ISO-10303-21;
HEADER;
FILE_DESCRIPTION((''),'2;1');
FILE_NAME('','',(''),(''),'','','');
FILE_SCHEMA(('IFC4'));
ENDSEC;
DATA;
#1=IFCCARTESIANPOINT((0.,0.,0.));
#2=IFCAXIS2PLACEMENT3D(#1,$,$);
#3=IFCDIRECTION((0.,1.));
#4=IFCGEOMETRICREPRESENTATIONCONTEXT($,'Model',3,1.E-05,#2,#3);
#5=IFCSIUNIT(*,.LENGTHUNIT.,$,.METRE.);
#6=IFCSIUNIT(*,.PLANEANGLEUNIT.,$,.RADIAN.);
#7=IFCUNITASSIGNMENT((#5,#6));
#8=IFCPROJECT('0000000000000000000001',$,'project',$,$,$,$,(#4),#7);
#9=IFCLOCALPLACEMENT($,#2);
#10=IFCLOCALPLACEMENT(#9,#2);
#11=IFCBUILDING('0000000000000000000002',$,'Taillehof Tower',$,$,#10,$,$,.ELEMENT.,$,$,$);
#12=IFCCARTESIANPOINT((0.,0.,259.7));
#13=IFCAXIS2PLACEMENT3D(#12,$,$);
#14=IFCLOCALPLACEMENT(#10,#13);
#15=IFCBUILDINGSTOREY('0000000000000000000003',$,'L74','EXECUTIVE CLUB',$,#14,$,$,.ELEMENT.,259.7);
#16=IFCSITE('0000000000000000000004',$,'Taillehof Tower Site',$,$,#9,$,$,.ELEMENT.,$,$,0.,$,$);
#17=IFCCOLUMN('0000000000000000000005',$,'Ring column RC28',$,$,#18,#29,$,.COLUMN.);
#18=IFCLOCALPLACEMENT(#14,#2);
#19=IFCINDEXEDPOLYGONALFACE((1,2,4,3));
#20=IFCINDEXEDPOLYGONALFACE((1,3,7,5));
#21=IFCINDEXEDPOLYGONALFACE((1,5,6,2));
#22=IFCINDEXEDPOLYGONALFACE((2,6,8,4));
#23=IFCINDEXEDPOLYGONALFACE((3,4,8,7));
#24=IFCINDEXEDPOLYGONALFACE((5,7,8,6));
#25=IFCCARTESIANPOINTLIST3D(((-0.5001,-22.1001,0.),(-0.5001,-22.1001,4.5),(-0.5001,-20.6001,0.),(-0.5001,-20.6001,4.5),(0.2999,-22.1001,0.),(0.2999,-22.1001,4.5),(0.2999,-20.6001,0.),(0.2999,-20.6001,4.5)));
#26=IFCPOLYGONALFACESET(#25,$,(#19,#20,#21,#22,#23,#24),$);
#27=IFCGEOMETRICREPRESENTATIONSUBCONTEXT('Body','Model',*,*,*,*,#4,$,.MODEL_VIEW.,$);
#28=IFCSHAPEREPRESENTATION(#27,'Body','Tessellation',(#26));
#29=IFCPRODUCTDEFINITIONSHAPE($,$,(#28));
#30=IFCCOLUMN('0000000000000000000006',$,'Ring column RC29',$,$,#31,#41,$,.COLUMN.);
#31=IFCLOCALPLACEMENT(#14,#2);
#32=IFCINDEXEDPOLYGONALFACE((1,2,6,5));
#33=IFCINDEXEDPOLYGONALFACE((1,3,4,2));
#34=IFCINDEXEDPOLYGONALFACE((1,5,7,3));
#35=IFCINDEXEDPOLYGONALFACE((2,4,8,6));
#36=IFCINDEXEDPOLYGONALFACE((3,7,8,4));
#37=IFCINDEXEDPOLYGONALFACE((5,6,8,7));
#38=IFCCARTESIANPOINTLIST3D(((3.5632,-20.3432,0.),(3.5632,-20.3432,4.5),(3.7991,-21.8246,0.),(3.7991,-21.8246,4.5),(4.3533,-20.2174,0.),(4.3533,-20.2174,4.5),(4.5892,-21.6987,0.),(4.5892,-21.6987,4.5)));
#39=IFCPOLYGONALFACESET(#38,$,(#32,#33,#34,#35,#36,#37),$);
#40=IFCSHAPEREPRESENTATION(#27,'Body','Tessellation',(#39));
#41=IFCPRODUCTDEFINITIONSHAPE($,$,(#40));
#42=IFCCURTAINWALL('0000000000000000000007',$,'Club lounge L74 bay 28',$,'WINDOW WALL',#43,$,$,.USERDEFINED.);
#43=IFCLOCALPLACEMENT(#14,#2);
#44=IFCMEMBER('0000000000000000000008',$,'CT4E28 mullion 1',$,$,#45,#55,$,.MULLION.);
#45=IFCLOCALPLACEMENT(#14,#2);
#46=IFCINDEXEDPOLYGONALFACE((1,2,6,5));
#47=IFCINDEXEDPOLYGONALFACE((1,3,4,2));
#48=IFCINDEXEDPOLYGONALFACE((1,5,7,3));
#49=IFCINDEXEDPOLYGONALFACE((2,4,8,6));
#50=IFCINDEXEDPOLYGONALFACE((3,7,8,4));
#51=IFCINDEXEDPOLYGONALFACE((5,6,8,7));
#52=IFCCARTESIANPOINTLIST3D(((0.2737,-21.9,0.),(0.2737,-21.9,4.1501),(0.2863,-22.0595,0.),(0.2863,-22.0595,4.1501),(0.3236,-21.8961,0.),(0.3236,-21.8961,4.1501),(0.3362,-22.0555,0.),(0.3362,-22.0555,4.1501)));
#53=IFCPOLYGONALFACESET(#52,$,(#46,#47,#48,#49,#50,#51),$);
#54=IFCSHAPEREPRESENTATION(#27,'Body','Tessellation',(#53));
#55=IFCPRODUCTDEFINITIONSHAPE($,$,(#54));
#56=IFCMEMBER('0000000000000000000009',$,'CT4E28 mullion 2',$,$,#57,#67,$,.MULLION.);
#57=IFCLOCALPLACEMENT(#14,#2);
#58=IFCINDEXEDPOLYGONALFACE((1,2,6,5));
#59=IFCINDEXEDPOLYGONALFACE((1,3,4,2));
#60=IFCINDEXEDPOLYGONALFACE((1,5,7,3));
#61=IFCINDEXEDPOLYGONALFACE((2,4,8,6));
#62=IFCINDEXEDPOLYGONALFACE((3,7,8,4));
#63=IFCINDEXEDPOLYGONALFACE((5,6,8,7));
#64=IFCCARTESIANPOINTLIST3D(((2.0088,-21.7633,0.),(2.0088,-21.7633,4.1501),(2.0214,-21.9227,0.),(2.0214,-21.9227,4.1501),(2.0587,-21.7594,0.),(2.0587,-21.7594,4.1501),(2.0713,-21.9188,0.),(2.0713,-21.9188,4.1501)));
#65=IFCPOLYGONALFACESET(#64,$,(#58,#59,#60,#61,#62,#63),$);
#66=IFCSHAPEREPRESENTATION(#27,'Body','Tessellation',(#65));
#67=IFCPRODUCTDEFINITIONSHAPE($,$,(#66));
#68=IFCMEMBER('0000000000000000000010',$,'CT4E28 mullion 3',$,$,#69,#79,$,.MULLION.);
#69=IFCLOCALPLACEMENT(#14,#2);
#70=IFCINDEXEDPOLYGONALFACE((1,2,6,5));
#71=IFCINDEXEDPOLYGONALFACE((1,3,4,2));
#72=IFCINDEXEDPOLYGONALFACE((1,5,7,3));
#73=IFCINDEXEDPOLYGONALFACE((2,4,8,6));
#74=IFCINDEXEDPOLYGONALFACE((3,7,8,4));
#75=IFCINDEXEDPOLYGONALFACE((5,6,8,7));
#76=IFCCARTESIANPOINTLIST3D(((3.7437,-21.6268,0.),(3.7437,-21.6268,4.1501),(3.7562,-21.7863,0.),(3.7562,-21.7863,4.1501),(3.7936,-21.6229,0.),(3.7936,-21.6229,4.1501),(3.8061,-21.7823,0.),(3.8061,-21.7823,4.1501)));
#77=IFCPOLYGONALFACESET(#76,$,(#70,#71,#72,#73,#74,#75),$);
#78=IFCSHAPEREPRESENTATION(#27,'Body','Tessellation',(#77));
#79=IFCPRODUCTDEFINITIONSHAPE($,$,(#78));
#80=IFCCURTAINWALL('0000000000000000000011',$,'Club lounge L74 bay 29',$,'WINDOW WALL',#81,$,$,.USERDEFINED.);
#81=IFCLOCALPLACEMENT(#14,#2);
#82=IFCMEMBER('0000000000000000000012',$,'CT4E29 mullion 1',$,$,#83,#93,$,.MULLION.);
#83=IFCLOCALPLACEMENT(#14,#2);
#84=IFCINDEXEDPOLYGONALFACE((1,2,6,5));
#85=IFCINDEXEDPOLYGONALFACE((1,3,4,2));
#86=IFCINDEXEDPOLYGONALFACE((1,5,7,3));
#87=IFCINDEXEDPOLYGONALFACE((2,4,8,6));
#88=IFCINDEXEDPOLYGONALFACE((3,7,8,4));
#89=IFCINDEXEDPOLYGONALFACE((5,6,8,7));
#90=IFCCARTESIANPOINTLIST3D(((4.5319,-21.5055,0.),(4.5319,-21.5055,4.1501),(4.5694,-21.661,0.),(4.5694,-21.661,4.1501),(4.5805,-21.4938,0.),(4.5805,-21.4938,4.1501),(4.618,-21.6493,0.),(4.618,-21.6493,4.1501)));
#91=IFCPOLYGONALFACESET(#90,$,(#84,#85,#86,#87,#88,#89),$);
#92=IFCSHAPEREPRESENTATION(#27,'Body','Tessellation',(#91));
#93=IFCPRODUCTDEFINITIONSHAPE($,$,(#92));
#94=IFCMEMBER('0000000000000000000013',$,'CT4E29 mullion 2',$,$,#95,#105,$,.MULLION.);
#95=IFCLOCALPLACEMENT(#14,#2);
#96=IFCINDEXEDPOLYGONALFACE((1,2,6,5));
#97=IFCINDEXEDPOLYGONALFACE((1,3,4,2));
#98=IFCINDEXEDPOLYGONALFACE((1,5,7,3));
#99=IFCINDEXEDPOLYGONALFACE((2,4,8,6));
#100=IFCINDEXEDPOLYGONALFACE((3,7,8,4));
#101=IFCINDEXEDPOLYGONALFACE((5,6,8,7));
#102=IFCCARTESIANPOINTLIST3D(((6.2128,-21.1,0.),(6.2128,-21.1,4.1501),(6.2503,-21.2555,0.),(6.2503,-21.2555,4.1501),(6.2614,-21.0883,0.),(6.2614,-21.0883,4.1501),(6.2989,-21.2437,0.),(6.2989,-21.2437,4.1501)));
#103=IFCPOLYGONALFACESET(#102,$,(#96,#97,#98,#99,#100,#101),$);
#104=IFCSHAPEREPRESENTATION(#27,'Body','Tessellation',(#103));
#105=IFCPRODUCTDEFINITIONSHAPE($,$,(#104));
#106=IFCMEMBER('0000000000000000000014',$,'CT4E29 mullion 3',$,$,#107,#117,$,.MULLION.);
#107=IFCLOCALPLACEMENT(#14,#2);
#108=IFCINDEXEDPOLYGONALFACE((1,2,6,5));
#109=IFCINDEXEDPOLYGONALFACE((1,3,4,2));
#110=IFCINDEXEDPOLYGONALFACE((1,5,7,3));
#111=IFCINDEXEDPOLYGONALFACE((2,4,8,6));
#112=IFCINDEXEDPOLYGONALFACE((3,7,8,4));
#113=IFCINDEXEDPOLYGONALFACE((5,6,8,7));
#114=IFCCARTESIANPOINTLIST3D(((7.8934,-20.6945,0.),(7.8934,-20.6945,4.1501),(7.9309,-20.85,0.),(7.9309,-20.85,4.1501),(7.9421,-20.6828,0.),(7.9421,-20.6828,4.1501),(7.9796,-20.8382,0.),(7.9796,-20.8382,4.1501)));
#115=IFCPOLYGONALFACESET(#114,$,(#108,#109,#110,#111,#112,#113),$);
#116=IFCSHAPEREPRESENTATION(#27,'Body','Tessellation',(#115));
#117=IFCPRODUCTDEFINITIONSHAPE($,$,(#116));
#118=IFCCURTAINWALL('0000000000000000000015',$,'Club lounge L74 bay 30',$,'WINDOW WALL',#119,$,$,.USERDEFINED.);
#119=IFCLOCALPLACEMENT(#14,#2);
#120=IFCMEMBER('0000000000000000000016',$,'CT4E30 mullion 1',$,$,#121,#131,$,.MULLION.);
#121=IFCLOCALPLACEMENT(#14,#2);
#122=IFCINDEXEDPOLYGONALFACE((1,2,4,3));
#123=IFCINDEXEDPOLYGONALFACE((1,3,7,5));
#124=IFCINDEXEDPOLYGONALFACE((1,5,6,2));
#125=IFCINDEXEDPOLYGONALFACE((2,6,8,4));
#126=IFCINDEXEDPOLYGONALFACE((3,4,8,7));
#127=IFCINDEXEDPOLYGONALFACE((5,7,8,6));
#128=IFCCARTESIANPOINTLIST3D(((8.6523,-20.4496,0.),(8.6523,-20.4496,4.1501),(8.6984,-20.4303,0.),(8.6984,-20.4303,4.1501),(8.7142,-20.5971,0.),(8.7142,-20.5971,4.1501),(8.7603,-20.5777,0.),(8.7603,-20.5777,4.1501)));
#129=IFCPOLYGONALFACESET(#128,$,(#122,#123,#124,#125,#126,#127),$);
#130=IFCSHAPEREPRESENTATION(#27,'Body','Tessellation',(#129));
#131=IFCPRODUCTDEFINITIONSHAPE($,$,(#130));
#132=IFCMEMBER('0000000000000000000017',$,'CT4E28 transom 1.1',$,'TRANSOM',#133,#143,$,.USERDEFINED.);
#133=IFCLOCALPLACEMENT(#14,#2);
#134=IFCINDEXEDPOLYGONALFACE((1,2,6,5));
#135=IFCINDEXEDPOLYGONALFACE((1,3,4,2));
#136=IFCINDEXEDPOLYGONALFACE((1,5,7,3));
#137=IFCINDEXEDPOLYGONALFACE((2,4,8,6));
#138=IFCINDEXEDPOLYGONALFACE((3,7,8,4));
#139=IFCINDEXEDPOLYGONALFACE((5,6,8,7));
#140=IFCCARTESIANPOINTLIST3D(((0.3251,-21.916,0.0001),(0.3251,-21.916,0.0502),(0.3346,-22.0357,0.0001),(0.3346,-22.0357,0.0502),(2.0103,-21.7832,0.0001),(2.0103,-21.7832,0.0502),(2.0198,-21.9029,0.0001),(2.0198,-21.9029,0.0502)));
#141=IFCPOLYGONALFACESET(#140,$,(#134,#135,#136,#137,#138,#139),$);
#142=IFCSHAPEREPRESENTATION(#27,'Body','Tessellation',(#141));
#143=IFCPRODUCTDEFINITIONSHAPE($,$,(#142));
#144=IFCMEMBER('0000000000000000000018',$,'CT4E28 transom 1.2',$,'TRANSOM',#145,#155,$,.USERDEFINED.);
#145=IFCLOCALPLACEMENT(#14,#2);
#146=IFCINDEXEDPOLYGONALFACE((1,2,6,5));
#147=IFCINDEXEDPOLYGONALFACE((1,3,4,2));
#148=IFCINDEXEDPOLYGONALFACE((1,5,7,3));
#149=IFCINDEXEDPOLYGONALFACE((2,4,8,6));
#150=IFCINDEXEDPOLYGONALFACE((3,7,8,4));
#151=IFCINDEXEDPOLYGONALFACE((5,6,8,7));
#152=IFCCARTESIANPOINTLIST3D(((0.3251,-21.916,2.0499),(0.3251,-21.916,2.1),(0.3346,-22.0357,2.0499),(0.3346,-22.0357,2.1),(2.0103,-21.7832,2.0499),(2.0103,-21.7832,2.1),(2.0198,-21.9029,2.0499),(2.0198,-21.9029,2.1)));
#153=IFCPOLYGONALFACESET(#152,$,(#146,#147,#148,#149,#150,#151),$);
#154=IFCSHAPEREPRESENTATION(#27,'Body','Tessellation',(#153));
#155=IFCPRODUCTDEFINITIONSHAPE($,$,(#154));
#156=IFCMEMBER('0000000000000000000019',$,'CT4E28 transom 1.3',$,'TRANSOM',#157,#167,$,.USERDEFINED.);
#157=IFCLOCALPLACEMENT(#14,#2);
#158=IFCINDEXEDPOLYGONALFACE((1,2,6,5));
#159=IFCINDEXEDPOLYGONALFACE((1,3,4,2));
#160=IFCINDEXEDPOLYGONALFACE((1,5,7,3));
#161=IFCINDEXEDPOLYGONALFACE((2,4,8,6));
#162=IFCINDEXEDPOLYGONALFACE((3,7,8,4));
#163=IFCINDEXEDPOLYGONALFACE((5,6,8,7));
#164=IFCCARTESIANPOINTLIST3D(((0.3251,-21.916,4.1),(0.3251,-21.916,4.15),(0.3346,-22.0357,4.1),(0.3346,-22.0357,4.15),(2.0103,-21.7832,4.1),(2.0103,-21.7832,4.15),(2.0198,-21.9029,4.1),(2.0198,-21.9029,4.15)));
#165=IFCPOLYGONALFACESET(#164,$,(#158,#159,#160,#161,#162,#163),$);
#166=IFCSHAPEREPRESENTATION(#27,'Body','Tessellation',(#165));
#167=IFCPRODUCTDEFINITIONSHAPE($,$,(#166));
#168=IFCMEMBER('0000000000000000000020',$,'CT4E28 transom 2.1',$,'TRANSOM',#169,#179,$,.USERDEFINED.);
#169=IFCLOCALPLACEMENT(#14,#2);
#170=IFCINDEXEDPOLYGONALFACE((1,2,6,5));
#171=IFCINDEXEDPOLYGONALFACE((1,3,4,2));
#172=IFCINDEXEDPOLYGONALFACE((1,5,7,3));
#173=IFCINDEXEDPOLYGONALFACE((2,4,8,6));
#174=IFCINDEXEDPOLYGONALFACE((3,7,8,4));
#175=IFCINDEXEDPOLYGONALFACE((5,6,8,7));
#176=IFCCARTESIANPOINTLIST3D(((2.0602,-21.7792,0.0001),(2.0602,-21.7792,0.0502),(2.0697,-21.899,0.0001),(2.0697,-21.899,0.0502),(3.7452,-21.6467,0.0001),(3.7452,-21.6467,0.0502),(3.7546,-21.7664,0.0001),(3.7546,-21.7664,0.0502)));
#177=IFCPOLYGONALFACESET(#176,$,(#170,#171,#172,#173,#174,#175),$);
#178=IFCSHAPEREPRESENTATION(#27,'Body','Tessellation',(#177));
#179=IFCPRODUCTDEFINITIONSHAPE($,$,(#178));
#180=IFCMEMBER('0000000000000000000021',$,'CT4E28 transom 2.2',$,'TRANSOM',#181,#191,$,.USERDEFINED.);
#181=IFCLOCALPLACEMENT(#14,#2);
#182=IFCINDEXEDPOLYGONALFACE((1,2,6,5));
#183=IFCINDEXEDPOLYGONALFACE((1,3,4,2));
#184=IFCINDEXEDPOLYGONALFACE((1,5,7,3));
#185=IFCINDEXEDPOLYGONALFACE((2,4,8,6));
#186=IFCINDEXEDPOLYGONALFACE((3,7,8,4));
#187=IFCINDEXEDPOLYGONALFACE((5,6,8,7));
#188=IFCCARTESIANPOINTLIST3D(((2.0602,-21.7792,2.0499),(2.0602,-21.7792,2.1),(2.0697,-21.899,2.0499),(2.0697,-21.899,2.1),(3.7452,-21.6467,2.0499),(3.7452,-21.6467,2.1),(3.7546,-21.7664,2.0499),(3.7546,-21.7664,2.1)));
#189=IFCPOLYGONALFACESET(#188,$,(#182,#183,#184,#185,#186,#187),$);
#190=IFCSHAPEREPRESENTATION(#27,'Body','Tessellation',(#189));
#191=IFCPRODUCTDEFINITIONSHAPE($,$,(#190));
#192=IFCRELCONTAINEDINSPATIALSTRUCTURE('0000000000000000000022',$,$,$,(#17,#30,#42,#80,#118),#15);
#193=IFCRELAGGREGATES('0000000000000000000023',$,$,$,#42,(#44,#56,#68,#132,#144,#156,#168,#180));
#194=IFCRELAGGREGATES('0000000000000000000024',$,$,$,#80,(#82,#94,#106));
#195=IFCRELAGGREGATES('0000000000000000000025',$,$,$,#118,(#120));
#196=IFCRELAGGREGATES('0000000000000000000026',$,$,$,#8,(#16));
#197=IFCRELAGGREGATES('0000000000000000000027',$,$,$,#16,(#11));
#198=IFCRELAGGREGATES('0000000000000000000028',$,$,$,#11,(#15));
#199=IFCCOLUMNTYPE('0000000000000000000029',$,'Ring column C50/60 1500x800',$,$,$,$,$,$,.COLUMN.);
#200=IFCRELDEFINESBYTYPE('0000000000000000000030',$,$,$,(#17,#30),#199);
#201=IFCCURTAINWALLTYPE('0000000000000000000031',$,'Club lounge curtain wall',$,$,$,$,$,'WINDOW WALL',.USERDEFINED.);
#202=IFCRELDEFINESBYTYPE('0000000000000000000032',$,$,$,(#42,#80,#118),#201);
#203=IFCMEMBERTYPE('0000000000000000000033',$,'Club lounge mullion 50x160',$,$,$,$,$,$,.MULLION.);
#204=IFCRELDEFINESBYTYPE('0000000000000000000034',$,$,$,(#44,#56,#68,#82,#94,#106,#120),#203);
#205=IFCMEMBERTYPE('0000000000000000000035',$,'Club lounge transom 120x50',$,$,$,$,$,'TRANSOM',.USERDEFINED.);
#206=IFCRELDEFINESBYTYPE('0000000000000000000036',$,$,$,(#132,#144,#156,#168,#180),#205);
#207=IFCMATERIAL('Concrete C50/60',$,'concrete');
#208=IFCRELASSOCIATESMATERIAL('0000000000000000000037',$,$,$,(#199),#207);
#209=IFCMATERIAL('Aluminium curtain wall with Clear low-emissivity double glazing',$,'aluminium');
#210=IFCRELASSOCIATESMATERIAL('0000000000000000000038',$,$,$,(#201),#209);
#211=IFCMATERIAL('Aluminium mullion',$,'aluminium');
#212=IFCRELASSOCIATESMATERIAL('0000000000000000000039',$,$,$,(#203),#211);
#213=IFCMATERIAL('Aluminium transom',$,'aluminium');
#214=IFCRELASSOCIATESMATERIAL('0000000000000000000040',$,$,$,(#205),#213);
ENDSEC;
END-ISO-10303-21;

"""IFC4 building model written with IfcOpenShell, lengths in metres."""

from ifc_helpers import new_model, si_unit, direction, frame, origin, origin_2d, place, context, subcontext, project, spatial, rectangle, extrude, material, material_profile, profile_set, type_object, element, aggregate, save


model = new_model("IFC4")

# Units and contexts
model_context = context("Model", 3, precision=1e-05, world=origin(), true_north=direction((0.0, 1.0)))
body_context = subcontext(model_context, "Body", "Model", "MODEL_VIEW")
ifc_project = project(units=[si_unit("LENGTHUNIT", "METRE"), si_unit("PLANEANGLEUNIT", "RADIAN")], contexts=[model_context])

# Site, building, storey
site_placement = place(None, origin())
site = spatial("IfcSite", under=ifc_project, at=site_placement, Name="Taillehof Tower Site", CompositionType="ELEMENT", RefElevation=0.0)
building_placement = place(site_placement, origin())
building = spatial("IfcBuilding", under=site, at=building_placement, Name="Taillehof Tower", CompositionType="ELEMENT")
storey_placement = place(building_placement, frame((0.0, 0.0, 259.7)))
storey = spatial("IfcBuildingStorey", under=building, at=storey_placement, Name="L74", Description="EXECUTIVE CLUB", CompositionType="ELEMENT", Elevation=259.7)

# Columns
ifc_material_1 = material(Name="Concrete C50/60", Category="concrete")
ifc_material_profile_1 = material_profile(ifc_material_1, rectangle(XDim=1.5, YDim=0.8, at=origin_2d()), Name="RC 1500x800")
ifc_profile_set_1 = profile_set([ifc_material_profile_1], Name="Concrete C50/60")
column_type = type_object("IfcColumnType", Name="Ring column C50/60 1500x800", PredefinedType="COLUMN", material=ifc_profile_set_1)
for number, where, z_axis, x_axis, name in (
    (1, (-0.1001, -21.3501, 0.0), (0.0, 0.0, 1.0), (0.0, -1.0, 0.0), "Ring column RC28"),
    (2, (4.0762, -21.021, 0.0), (0.0, 0.0, 1.0), (0.157281, -0.987554, 0.0), "Ring column RC29"),
):
    element("IfcColumn", number, at=place(storey_placement, frame(where, z_axis=z_axis, x_axis=x_axis)), inside=storey, type_object=column_type, Name=name, PredefinedType="COLUMN", context=body_context, shape_type="SweptSolid", body=[
        extrude(rectangle(XDim=1.5, YDim=0.8, at=origin_2d()), origin(), (0.0, 0.0, 1.0), 4.5),
    ])

# Curtain walls, members
ifc_material_2 = material(Name="Aluminium curtain wall with Clear low-emissivity double glazing", Category="aluminium")
curtain_wall_type = type_object("IfcCurtainWallType", Name="Club lounge curtain wall", ElementType="WINDOW WALL", PredefinedType="USERDEFINED", material=ifc_material_2)
curtain_wall_1_placement = place(storey_placement, origin())
curtain_wall_1 = element("IfcCurtainWall", 3, at=curtain_wall_1_placement, inside=storey, type_object=curtain_wall_type, Name="Club lounge L74 bay 28", ObjectType="WINDOW WALL", PredefinedType="USERDEFINED")
ifc_material_3 = material(Name="Aluminium mullion", Category="aluminium")
ifc_material_profile_2 = material_profile(ifc_material_3, rectangle(XDim=0.1599, YDim=0.05, at=origin_2d()), Name="AL 50x160")
ifc_profile_set_2 = profile_set([ifc_material_profile_2], Name="Aluminium mullion")
member_type_1 = type_object("IfcMemberType", Name="Club lounge mullion 50x160", PredefinedType="MULLION", material=ifc_profile_set_2)
member_1_placement = place(storey_placement, frame((0.3049, -21.9778, 0.0), z_axis=(0.0, 0.0, 1.0), x_axis=(-0.078525, 0.996912, 0.0)))
member_1 = element("IfcMember", 4, at=member_1_placement, type_object=member_type_1, Name="CT4E28 mullion 1", PredefinedType="MULLION", context=body_context, shape_type="SweptSolid", body=[
    extrude(rectangle(XDim=0.1599, YDim=0.05, at=origin_2d()), origin(), (0.0, 0.0, 1.0), 4.1501),
])
member_2_placement = place(storey_placement, frame((2.04, -21.8411, 0.0), z_axis=(0.0, 0.0, 1.0), x_axis=(-0.078525, 0.996912, 0.0)))
member_2 = element("IfcMember", 5, at=member_2_placement, type_object=member_type_1, Name="CT4E28 mullion 2", PredefinedType="MULLION", context=body_context, shape_type="SweptSolid", body=[
    extrude(rectangle(XDim=0.1599, YDim=0.05, at=origin_2d()), origin(), (0.0, 0.0, 1.0), 4.1501),
])
member_3_placement = place(storey_placement, frame((3.7749, -21.7046, 0.0), z_axis=(0.0, 0.0, 1.0), x_axis=(-0.078525, 0.996912, 0.0)))
member_3 = element("IfcMember", 6, at=member_3_placement, type_object=member_type_1, Name="CT4E28 mullion 3", PredefinedType="MULLION", context=body_context, shape_type="SweptSolid", body=[
    extrude(rectangle(XDim=0.1599, YDim=0.05, at=origin_2d()), origin(), (0.0, 0.0, 1.0), 4.1501),
])
curtain_wall_2_placement = place(storey_placement, origin())
curtain_wall_2 = element("IfcCurtainWall", 7, at=curtain_wall_2_placement, inside=storey, type_object=curtain_wall_type, Name="Club lounge L74 bay 29", ObjectType="WINDOW WALL", PredefinedType="USERDEFINED")
member_4_placement = place(storey_placement, frame((4.575, -21.5774, 0.0), z_axis=(0.0, 0.0, 1.0), x_axis=(-0.234515, 0.972113, 0.0)))
member_4 = element("IfcMember", 8, at=member_4_placement, type_object=member_type_1, Name="CT4E29 mullion 1", PredefinedType="MULLION", context=body_context, shape_type="SweptSolid", body=[
    extrude(rectangle(XDim=0.1599, YDim=0.05, at=origin_2d()), origin(), (0.0, 0.0, 1.0), 4.1501),
])
member_5_placement = place(storey_placement, frame((6.2559, -21.1719, 0.0), z_axis=(0.0, 0.0, 1.0), x_axis=(-0.234515, 0.972113, 0.0)))
member_5 = element("IfcMember", 9, at=member_5_placement, type_object=member_type_1, Name="CT4E29 mullion 2", PredefinedType="MULLION", context=body_context, shape_type="SweptSolid", body=[
    extrude(rectangle(XDim=0.1599, YDim=0.05, at=origin_2d()), origin(), (0.0, 0.0, 1.0), 4.1501),
])
member_6_placement = place(storey_placement, frame((7.9365, -20.7664, 0.0), z_axis=(0.0, 0.0, 1.0), x_axis=(-0.234515, 0.972113, 0.0)))
member_6 = element("IfcMember", 10, at=member_6_placement, type_object=member_type_1, Name="CT4E29 mullion 3", PredefinedType="MULLION", context=body_context, shape_type="SweptSolid", body=[
    extrude(rectangle(XDim=0.1599, YDim=0.05, at=origin_2d()), origin(), (0.0, 0.0, 1.0), 4.1501),
])

# Curtain wall, member
curtain_wall_3_placement = place(storey_placement, origin())
curtain_wall_3 = element("IfcCurtainWall", 11, at=curtain_wall_3_placement, inside=storey, type_object=curtain_wall_type, Name="Club lounge L74 bay 30", ObjectType="WINDOW WALL", PredefinedType="USERDEFINED")
member_7_placement = place(storey_placement, frame((8.7063, -20.5137, 0.0), z_axis=(0.0, 0.0, 1.0), x_axis=(-0.387101, 0.922037, 0.0)))
member_7 = element("IfcMember", 12, at=member_7_placement, type_object=member_type_1, Name="CT4E30 mullion 1", PredefinedType="MULLION", context=body_context, shape_type="SweptSolid", body=[
    extrude(rectangle(XDim=0.1599, YDim=0.05, at=origin_2d()), origin(), (0.0, 0.0, 1.0), 4.1501),
])

# Members
ifc_material_4 = material(Name="Aluminium transom", Category="aluminium")
ifc_material_profile_3 = material_profile(ifc_material_4, rectangle(XDim=0.1201, YDim=0.05, at=origin_2d()), Name="AL 120x50")
ifc_profile_set_3 = profile_set([ifc_material_profile_3], Name="Aluminium transom")
member_type_2 = type_object("IfcMemberType", Name="Club lounge transom 120x50", ElementType="TRANSOM", PredefinedType="USERDEFINED", material=ifc_profile_set_3)
member_8_placement = place(storey_placement, frame((0.3298, -21.9758, 0.0251), z_axis=(0.996909, 0.078563, 0.0), x_axis=(-0.078563, 0.996909, 0.0)))
member_8 = element("IfcMember", 13, at=member_8_placement, type_object=member_type_2, Name="CT4E28 transom 1.1", ObjectType="TRANSOM", PredefinedType="USERDEFINED", context=body_context, shape_type="SweptSolid", body=[
    extrude(rectangle(XDim=0.1201, YDim=0.05, at=origin_2d()), origin(), (0.0, 0.0, 1.0), 1.6904),
])
member_9_placement = place(storey_placement, frame((0.3298, -21.9758, 2.075), z_axis=(0.996909, 0.078563, 0.0), x_axis=(-0.078563, 0.996909, 0.0)))
member_9 = element("IfcMember", 14, at=member_9_placement, type_object=member_type_2, Name="CT4E28 transom 1.2", ObjectType="TRANSOM", PredefinedType="USERDEFINED", context=body_context, shape_type="SweptSolid", body=[
    extrude(rectangle(XDim=0.1201, YDim=0.05, at=origin_2d()), origin(), (0.0, 0.0, 1.0), 1.6904),
])
member_10_placement = place(storey_placement, frame((0.3298, -21.9758, 4.125), z_axis=(0.996909, 0.078563, 0.0), x_axis=(-0.078563, 0.996909, 0.0)))
member_10 = element("IfcMember", 15, at=member_10_placement, type_object=member_type_2, Name="CT4E28 transom 1.3", ObjectType="TRANSOM", PredefinedType="USERDEFINED", context=body_context, shape_type="SweptSolid", body=[
    extrude(rectangle(XDim=0.1201, YDim=0.05, at=origin_2d()), origin(), (0.0, 0.0, 1.0), 1.6904),
])
member_11_placement = place(storey_placement, frame((2.0649, -21.8391, 0.0251), z_axis=(0.99692, 0.078431, 0.0), x_axis=(-0.078431, 0.99692, 0.0)))
member_11 = element("IfcMember", 16, at=member_11_placement, type_object=member_type_2, Name="CT4E28 transom 2.1", ObjectType="TRANSOM", PredefinedType="USERDEFINED", context=body_context, shape_type="SweptSolid", body=[
    extrude(rectangle(XDim=0.1201, YDim=0.05, at=origin_2d()), origin(), (0.0, 0.0, 1.0), 1.6902),
])
member_12_placement = place(storey_placement, frame((2.0649, -21.8391, 2.075), z_axis=(0.99692, 0.078431, 0.0), x_axis=(-0.078431, 0.99692, 0.0)))
member_12 = element("IfcMember", 17, at=member_12_placement, type_object=member_type_2, Name="CT4E28 transom 2.2", ObjectType="TRANSOM", PredefinedType="USERDEFINED", context=body_context, shape_type="SweptSolid", body=[
    extrude(rectangle(XDim=0.1201, YDim=0.05, at=origin_2d()), origin(), (0.0, 0.0, 1.0), 1.6902),
])

aggregate(curtain_wall_1, [member_1, member_2, member_3, member_8, member_9, member_10, member_11, member_12])
aggregate(curtain_wall_2, [member_4, member_5, member_6])
aggregate(curtain_wall_3, [member_7])

save(model, "model.ifc")
